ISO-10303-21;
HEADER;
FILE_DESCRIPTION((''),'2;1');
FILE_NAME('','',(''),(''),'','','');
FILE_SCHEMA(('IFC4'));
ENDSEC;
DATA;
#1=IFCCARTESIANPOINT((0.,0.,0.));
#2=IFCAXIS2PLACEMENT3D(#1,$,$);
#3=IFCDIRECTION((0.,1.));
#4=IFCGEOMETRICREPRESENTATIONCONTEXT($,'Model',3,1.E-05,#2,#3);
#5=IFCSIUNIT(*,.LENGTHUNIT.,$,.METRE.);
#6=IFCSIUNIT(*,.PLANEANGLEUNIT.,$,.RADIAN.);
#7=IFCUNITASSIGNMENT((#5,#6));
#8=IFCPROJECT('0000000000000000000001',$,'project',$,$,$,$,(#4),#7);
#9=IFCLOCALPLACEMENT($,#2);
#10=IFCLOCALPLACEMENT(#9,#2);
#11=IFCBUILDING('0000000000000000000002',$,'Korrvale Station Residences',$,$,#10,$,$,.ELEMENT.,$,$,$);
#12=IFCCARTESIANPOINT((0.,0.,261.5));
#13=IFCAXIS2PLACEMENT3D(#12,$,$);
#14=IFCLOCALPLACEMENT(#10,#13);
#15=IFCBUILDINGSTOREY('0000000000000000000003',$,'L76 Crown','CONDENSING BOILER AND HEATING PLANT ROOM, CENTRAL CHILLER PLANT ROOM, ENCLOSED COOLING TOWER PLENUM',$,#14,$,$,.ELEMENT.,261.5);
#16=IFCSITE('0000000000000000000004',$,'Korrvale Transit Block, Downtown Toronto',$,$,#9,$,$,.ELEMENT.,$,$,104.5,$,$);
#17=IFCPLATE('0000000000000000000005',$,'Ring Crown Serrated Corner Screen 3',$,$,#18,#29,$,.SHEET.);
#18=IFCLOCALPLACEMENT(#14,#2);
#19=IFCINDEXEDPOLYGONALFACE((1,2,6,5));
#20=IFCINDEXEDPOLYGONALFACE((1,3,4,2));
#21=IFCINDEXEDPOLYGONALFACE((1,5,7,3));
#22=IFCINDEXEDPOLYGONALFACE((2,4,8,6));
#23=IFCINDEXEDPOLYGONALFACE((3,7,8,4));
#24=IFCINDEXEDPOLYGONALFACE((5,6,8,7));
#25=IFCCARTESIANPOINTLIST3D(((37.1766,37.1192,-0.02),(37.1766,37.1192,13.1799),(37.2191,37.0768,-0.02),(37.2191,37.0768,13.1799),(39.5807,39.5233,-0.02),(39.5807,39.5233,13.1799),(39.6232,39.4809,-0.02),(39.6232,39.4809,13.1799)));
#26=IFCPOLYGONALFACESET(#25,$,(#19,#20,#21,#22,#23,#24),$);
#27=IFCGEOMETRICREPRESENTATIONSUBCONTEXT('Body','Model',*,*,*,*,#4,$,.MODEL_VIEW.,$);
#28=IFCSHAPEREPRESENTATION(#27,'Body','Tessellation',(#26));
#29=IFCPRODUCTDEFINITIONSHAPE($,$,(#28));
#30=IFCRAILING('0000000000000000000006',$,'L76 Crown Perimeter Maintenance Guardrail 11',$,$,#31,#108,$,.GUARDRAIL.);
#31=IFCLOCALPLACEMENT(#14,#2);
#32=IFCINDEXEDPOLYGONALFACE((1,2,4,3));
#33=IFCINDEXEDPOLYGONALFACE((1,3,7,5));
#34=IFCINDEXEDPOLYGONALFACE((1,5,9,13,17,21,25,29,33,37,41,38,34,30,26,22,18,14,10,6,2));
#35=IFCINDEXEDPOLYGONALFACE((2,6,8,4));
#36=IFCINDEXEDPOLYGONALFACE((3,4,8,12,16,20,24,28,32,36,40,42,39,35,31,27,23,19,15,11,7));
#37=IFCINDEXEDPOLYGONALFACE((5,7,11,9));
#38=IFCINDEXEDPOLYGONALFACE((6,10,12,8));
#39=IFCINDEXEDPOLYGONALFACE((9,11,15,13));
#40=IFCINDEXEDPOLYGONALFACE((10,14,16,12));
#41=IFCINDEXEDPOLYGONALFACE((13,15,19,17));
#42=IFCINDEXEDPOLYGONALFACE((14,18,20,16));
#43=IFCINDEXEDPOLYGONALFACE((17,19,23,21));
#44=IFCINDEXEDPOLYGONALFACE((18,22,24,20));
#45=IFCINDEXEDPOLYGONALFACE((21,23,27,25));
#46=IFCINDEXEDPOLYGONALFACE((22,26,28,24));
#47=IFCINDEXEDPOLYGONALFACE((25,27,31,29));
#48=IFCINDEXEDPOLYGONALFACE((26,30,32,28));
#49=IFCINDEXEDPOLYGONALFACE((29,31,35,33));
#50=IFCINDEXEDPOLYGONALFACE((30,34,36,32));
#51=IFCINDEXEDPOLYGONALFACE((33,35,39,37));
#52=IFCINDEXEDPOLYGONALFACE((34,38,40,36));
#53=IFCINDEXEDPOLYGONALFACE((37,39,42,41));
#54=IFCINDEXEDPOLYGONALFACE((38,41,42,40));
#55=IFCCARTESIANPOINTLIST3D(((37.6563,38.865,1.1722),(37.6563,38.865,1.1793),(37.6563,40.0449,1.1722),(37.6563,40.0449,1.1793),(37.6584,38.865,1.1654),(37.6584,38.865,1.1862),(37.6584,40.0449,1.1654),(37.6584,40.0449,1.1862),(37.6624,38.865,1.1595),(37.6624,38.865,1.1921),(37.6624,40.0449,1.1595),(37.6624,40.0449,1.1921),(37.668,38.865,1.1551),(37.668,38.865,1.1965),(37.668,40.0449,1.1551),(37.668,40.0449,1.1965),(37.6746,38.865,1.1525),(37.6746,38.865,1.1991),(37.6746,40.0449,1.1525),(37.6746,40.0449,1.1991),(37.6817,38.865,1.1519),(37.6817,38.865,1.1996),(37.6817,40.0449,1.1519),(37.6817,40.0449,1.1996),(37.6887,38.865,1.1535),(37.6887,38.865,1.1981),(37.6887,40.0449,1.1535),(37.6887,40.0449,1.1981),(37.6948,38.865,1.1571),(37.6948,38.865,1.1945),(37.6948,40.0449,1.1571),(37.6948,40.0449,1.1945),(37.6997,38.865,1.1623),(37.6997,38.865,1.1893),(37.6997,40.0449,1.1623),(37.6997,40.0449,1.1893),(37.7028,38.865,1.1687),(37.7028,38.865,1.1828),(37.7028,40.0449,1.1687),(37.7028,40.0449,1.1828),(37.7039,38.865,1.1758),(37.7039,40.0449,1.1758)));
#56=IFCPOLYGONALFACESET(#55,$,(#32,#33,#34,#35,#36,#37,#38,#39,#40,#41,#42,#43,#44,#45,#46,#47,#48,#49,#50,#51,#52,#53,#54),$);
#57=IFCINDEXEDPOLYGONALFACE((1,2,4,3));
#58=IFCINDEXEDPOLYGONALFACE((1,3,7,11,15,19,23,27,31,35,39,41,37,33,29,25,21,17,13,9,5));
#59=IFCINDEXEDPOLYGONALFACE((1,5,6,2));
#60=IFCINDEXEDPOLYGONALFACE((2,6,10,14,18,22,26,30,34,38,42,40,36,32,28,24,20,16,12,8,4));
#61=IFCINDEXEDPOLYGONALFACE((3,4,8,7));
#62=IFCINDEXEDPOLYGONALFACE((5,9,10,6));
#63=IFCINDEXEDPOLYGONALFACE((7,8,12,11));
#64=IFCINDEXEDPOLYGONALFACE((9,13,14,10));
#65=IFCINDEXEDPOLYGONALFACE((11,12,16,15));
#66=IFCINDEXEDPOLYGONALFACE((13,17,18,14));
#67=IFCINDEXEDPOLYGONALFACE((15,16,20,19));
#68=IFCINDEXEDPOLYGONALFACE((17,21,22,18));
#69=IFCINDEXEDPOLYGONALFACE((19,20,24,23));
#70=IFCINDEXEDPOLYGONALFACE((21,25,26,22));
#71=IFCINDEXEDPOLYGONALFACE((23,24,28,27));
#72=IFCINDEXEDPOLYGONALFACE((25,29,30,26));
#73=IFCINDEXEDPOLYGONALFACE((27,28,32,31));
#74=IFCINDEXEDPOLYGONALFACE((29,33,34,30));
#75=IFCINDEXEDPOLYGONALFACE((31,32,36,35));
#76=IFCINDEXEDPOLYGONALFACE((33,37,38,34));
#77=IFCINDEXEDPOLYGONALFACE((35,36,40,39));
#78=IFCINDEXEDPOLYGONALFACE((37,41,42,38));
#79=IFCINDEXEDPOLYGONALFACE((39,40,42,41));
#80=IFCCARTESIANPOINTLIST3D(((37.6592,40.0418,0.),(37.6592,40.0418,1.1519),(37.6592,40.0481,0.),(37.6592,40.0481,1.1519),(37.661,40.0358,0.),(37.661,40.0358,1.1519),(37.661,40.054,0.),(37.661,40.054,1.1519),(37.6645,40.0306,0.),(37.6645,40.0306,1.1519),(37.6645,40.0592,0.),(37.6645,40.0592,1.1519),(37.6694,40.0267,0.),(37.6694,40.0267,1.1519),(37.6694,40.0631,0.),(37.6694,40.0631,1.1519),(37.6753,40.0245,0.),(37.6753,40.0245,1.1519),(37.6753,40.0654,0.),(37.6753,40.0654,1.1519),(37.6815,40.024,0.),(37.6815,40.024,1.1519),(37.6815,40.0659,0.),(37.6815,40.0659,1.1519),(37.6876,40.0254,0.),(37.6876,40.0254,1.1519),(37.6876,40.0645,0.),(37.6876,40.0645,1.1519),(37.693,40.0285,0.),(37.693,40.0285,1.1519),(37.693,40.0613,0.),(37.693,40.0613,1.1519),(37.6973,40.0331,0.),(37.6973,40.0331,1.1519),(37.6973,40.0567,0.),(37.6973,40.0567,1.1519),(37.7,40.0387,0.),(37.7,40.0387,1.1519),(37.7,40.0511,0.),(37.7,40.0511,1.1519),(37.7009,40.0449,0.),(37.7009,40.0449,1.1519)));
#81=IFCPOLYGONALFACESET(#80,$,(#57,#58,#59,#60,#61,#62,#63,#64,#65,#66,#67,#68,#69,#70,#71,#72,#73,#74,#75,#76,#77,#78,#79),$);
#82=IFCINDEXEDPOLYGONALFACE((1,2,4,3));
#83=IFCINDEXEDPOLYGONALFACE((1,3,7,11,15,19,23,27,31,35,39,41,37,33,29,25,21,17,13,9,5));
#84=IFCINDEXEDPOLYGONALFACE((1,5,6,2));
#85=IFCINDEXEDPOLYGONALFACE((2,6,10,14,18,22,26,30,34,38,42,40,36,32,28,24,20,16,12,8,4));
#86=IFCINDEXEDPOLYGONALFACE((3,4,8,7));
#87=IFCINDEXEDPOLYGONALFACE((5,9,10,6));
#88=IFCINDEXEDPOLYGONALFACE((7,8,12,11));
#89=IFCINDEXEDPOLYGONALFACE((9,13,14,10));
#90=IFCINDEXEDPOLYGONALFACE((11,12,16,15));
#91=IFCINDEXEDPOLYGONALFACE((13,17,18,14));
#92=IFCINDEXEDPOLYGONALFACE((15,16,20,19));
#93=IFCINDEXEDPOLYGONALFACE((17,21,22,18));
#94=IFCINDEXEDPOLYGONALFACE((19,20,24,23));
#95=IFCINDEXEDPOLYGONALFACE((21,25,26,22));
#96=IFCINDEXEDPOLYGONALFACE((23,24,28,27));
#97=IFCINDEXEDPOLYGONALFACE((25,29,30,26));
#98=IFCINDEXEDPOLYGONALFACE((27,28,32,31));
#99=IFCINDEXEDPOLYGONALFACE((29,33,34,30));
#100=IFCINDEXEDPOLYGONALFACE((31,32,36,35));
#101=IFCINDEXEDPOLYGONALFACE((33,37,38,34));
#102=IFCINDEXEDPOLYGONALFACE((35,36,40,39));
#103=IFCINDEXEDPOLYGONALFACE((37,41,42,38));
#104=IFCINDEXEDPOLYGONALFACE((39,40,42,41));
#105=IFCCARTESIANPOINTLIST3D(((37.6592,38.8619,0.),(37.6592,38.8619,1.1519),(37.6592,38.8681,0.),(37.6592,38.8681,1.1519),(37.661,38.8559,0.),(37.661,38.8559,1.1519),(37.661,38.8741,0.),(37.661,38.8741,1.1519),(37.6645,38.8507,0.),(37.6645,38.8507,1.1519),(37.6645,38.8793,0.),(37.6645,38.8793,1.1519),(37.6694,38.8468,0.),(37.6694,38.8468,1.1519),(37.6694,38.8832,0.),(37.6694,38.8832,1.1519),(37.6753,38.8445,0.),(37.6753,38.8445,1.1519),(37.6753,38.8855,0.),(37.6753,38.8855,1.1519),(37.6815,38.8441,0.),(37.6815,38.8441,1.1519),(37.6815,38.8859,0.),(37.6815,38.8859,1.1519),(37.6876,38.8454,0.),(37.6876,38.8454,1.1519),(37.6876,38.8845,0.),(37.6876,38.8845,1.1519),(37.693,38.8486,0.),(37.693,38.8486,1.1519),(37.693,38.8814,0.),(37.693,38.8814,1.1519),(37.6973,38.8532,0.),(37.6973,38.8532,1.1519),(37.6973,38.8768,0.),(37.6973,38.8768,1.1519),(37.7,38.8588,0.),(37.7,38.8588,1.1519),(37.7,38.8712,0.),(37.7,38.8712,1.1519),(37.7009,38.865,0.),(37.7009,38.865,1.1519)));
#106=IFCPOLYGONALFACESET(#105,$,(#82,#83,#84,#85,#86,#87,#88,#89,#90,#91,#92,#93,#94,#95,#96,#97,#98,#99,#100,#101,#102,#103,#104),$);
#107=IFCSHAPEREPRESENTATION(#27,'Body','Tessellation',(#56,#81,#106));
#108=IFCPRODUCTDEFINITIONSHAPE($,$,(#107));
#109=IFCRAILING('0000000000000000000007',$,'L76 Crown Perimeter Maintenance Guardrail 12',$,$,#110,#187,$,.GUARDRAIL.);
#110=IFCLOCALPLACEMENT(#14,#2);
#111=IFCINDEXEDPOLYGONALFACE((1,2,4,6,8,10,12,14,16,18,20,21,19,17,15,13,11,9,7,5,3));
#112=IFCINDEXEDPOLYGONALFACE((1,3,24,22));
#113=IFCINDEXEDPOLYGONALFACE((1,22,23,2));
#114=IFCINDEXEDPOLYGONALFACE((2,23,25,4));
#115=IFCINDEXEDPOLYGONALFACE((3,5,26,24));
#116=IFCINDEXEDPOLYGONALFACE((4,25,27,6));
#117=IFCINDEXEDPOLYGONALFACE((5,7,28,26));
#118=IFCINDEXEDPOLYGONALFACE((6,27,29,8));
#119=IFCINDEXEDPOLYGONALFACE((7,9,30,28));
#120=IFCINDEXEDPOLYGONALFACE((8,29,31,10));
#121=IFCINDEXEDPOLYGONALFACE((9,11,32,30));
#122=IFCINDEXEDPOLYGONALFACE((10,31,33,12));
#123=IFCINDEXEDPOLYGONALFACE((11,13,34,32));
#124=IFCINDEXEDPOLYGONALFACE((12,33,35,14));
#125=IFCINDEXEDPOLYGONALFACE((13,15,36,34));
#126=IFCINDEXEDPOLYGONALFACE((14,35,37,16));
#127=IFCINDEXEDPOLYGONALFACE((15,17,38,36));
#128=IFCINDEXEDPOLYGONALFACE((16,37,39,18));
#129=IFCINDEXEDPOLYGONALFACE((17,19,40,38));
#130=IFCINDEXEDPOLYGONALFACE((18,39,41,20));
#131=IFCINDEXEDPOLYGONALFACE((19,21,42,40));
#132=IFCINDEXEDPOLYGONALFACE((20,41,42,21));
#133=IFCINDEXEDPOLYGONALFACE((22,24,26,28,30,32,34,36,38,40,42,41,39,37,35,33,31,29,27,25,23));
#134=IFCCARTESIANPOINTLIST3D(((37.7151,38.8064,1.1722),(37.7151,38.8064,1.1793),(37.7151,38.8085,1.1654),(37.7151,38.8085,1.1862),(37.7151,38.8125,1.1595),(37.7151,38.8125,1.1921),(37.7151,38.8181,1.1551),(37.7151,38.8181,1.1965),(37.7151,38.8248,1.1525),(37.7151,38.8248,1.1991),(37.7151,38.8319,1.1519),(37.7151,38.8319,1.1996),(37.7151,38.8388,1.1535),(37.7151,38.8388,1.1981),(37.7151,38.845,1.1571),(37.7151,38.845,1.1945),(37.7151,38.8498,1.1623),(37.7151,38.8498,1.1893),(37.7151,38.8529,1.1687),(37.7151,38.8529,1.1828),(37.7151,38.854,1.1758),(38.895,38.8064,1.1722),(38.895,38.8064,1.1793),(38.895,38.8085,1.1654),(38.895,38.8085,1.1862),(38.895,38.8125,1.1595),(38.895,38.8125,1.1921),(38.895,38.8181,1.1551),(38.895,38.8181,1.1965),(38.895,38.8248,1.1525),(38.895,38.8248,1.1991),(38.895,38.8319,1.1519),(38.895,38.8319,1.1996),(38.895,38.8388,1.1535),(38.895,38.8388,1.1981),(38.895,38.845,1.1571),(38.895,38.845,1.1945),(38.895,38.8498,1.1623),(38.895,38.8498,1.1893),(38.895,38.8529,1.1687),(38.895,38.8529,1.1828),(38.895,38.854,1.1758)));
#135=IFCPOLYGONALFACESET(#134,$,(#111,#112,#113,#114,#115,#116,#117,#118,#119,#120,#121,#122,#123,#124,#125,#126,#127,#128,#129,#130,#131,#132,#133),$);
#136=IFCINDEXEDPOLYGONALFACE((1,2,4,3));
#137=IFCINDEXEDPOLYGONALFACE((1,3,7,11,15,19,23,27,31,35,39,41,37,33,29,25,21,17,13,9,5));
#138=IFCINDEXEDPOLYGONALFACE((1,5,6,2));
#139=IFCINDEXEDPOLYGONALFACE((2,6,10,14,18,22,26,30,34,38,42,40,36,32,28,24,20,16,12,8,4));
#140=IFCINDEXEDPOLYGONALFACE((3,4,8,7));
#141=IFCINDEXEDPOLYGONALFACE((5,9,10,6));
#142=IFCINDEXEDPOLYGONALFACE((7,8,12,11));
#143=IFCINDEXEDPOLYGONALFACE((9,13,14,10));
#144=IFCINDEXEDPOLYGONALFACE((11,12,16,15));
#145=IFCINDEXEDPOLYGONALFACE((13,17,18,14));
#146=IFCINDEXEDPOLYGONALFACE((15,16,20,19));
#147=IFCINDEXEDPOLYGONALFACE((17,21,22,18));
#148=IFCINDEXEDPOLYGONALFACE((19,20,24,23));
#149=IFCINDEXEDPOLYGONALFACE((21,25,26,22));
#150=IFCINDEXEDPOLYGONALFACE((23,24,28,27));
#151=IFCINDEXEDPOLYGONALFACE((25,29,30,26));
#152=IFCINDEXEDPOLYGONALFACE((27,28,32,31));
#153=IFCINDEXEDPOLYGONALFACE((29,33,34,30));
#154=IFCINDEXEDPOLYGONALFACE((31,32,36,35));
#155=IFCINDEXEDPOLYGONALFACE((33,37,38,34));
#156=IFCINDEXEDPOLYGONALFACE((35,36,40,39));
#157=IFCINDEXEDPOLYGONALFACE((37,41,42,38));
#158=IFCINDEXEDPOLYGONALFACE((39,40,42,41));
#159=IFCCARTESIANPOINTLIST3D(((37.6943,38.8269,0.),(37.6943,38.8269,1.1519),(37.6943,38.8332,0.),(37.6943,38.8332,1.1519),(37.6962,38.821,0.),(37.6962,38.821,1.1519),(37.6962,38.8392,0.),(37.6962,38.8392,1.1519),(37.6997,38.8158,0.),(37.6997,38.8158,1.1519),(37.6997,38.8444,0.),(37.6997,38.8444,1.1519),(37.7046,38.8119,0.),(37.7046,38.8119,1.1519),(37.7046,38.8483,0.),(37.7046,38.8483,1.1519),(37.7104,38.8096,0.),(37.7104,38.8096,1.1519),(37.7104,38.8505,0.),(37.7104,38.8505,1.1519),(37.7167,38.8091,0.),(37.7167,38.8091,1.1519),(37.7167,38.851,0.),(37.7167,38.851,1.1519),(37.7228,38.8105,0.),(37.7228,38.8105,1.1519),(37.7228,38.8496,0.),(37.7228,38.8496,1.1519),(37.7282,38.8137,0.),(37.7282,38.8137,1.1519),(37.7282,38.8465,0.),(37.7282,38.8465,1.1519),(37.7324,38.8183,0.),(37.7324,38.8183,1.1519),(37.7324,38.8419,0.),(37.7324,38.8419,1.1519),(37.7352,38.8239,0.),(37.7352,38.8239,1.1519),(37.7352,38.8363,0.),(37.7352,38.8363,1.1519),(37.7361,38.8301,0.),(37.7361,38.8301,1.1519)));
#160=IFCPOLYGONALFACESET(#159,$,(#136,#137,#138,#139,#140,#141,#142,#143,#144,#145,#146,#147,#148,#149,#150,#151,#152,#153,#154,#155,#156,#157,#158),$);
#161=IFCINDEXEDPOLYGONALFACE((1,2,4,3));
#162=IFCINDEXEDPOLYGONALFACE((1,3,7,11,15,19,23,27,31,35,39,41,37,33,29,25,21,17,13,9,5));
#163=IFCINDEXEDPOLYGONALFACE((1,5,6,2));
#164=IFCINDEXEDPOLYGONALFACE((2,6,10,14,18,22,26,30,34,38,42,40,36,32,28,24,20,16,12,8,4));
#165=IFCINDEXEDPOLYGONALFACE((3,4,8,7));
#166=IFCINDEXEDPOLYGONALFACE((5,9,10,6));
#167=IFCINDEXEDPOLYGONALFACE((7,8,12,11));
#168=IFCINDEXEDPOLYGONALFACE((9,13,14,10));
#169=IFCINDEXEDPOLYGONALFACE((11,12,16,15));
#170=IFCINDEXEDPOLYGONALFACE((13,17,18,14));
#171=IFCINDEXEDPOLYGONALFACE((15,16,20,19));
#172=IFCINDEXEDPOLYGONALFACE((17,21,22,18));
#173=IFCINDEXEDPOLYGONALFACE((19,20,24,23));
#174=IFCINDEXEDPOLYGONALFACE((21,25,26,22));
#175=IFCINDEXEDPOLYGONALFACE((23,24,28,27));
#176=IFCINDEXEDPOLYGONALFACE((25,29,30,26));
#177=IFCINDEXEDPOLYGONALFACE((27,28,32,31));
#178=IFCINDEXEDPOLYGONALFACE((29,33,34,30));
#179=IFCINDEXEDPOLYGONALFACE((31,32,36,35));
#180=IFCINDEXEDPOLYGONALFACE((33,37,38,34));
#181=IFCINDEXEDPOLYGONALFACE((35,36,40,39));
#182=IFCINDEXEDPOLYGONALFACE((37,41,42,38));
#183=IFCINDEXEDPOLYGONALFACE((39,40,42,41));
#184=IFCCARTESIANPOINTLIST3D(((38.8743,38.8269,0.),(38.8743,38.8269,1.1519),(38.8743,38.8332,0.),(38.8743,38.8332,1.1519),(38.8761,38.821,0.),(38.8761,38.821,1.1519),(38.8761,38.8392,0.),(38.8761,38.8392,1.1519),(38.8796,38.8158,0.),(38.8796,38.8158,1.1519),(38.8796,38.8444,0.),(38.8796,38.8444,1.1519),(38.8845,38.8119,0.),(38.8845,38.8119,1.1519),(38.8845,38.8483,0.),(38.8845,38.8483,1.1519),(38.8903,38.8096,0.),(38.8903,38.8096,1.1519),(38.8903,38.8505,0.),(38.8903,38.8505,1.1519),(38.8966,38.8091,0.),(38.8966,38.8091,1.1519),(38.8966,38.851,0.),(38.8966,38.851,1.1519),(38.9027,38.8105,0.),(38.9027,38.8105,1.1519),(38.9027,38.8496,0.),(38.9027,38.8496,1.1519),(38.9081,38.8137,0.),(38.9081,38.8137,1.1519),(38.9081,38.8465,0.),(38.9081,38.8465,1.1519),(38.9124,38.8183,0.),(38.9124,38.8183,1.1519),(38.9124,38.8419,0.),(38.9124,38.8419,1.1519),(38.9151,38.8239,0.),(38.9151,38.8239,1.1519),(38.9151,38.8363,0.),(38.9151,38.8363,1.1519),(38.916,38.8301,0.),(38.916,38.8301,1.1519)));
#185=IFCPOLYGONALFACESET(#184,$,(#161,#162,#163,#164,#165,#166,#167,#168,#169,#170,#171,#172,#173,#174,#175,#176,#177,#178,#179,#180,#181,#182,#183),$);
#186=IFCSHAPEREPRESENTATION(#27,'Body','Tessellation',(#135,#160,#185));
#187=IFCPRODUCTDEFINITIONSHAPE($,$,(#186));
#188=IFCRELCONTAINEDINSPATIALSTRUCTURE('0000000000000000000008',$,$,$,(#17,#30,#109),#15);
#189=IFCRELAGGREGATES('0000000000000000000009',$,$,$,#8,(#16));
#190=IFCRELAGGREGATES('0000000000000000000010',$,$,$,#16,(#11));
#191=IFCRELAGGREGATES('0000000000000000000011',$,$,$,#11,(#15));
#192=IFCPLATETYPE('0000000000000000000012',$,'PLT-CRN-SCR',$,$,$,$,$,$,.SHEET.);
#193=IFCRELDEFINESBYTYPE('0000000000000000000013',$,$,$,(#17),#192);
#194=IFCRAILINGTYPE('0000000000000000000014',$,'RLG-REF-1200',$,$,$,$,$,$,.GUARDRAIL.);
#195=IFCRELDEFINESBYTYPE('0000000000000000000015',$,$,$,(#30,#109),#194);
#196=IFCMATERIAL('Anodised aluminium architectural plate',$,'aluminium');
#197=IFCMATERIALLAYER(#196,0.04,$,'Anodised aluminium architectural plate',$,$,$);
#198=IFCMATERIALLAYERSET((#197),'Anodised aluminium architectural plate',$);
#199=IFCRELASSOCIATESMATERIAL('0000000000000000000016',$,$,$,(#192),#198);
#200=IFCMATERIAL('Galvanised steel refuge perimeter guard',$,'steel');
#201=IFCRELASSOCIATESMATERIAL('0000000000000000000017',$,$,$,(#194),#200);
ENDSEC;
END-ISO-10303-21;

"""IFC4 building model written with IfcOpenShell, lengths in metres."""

from ifc_helpers import new_model, si_unit, direction, frame, origin, origin_2d, place, context, subcontext, project, spatial, rectangle, circle, extrude, material, layer, layer_set, type_object, element, save


model = new_model("IFC4")

# Units and contexts
model_context = context("Model", 3, precision=1e-05, world=origin(), true_north=direction((0.0, 1.0)))
body_context = subcontext(model_context, "Body", "Model", "MODEL_VIEW")
ifc_project = project(units=[si_unit("LENGTHUNIT", "METRE"), si_unit("PLANEANGLEUNIT", "RADIAN")], contexts=[model_context])

# Site, building, storey
site_placement = place(None, origin())
site = spatial("IfcSite", under=ifc_project, at=site_placement, Name="Korrvale Transit Block, Downtown Toronto", CompositionType="ELEMENT", RefElevation=104.5)
building_placement = place(site_placement, origin())
building = spatial("IfcBuilding", under=site, at=building_placement, Name="Korrvale Station Residences", CompositionType="ELEMENT")
storey_placement = place(building_placement, frame((0.0, 0.0, 261.5)))
storey = spatial("IfcBuildingStorey", under=building, at=storey_placement, Name="L76 Crown", Description="CONDENSING BOILER AND HEATING PLANT ROOM, CENTRAL CHILLER PLANT ROOM, ENCLOSED COOLING TOWER PLENUM", CompositionType="ELEMENT", Elevation=261.5)

# Plate
ifc_material_1 = material(Name="Anodised aluminium architectural plate", Category="aluminium")
ifc_layer_1 = layer(ifc_material_1, 0.04, Name="Anodised aluminium architectural plate")
ifc_layer_set_1 = layer_set([ifc_layer_1], Name="Anodised aluminium architectural plate")
plate_type_1 = type_object("IfcPlateType", Name="PLT-CRN-SCR", PredefinedType="SHEET", material=ifc_layer_set_1)
plate_1_placement = place(storey_placement, frame((38.3999, 38.3, -0.02), z_axis=(0.0, 0.0, 1.0), x_axis=(0.707107, 0.707107, 0.0)))
element("IfcPlate", 1, at=plate_1_placement, inside=storey, type_object=plate_type_1, Name="Ring Crown Serrated Corner Screen 3", PredefinedType="SHEET", context=body_context, shape_type="SweptSolid", body=[
    extrude(rectangle(XDim=3.3999, YDim=0.0601, at=origin_2d()), origin(), (0.0, 0.0, 1.0), 13.2),
])

# Railings
ifc_material_2 = material(Name="Galvanised steel refuge perimeter guard", Category="steel")
railing_type = type_object("IfcRailingType", Name="RLG-REF-1200", PredefinedType="GUARDRAIL", material=ifc_material_2)
railing_1_placement = place(storey_placement, frame((37.6799, 40.0449, 0.0)))
element("IfcRailing", 2, at=railing_1_placement, inside=storey, type_object=railing_type, Name="L76 Crown Perimeter Maintenance Guardrail 11", PredefinedType="GUARDRAIL", context=body_context, shape_type="SweptSolid", body=[
    extrude(circle(Radius=0.0239, at=origin_2d()), frame((0.0, 0.0, 1.1758), z_axis=(0.0, -1.0, 0.0), x_axis=(1.0, 0.0, 0.0)), (0.0, 0.0, 1.0), 1.1799),
    extrude(circle(Radius=0.021, at=origin_2d()), origin(), (0.0, 0.0, 1.0), 1.1519),
    extrude(circle(Radius=0.021, at=origin_2d()), frame((0.0, -1.1799, 0.0)), (0.0, 0.0, 1.0), 1.1519),
])
railing_2_placement = place(storey_placement, frame((37.7151, 38.8301, 0.0)))
element("IfcRailing", 3, at=railing_2_placement, inside=storey, type_object=railing_type, Name="L76 Crown Perimeter Maintenance Guardrail 12", PredefinedType="GUARDRAIL", context=body_context, shape_type="SweptSolid", body=[
    extrude(circle(Radius=0.0239, at=origin_2d()), frame((0.0, 0.0, 1.1758), z_axis=(1.0, 0.0, 0.0), x_axis=(0.0, 1.0, 0.0)), (0.0, 0.0, 1.0), 1.1799),
    extrude(circle(Radius=0.021, at=origin_2d()), origin(), (0.0, 0.0, 1.0), 1.1519),
    extrude(circle(Radius=0.021, at=origin_2d()), frame((1.1799, 0.0, 0.0)), (0.0, 0.0, 1.0), 1.1519),
])

save(model, "model.ifc")
